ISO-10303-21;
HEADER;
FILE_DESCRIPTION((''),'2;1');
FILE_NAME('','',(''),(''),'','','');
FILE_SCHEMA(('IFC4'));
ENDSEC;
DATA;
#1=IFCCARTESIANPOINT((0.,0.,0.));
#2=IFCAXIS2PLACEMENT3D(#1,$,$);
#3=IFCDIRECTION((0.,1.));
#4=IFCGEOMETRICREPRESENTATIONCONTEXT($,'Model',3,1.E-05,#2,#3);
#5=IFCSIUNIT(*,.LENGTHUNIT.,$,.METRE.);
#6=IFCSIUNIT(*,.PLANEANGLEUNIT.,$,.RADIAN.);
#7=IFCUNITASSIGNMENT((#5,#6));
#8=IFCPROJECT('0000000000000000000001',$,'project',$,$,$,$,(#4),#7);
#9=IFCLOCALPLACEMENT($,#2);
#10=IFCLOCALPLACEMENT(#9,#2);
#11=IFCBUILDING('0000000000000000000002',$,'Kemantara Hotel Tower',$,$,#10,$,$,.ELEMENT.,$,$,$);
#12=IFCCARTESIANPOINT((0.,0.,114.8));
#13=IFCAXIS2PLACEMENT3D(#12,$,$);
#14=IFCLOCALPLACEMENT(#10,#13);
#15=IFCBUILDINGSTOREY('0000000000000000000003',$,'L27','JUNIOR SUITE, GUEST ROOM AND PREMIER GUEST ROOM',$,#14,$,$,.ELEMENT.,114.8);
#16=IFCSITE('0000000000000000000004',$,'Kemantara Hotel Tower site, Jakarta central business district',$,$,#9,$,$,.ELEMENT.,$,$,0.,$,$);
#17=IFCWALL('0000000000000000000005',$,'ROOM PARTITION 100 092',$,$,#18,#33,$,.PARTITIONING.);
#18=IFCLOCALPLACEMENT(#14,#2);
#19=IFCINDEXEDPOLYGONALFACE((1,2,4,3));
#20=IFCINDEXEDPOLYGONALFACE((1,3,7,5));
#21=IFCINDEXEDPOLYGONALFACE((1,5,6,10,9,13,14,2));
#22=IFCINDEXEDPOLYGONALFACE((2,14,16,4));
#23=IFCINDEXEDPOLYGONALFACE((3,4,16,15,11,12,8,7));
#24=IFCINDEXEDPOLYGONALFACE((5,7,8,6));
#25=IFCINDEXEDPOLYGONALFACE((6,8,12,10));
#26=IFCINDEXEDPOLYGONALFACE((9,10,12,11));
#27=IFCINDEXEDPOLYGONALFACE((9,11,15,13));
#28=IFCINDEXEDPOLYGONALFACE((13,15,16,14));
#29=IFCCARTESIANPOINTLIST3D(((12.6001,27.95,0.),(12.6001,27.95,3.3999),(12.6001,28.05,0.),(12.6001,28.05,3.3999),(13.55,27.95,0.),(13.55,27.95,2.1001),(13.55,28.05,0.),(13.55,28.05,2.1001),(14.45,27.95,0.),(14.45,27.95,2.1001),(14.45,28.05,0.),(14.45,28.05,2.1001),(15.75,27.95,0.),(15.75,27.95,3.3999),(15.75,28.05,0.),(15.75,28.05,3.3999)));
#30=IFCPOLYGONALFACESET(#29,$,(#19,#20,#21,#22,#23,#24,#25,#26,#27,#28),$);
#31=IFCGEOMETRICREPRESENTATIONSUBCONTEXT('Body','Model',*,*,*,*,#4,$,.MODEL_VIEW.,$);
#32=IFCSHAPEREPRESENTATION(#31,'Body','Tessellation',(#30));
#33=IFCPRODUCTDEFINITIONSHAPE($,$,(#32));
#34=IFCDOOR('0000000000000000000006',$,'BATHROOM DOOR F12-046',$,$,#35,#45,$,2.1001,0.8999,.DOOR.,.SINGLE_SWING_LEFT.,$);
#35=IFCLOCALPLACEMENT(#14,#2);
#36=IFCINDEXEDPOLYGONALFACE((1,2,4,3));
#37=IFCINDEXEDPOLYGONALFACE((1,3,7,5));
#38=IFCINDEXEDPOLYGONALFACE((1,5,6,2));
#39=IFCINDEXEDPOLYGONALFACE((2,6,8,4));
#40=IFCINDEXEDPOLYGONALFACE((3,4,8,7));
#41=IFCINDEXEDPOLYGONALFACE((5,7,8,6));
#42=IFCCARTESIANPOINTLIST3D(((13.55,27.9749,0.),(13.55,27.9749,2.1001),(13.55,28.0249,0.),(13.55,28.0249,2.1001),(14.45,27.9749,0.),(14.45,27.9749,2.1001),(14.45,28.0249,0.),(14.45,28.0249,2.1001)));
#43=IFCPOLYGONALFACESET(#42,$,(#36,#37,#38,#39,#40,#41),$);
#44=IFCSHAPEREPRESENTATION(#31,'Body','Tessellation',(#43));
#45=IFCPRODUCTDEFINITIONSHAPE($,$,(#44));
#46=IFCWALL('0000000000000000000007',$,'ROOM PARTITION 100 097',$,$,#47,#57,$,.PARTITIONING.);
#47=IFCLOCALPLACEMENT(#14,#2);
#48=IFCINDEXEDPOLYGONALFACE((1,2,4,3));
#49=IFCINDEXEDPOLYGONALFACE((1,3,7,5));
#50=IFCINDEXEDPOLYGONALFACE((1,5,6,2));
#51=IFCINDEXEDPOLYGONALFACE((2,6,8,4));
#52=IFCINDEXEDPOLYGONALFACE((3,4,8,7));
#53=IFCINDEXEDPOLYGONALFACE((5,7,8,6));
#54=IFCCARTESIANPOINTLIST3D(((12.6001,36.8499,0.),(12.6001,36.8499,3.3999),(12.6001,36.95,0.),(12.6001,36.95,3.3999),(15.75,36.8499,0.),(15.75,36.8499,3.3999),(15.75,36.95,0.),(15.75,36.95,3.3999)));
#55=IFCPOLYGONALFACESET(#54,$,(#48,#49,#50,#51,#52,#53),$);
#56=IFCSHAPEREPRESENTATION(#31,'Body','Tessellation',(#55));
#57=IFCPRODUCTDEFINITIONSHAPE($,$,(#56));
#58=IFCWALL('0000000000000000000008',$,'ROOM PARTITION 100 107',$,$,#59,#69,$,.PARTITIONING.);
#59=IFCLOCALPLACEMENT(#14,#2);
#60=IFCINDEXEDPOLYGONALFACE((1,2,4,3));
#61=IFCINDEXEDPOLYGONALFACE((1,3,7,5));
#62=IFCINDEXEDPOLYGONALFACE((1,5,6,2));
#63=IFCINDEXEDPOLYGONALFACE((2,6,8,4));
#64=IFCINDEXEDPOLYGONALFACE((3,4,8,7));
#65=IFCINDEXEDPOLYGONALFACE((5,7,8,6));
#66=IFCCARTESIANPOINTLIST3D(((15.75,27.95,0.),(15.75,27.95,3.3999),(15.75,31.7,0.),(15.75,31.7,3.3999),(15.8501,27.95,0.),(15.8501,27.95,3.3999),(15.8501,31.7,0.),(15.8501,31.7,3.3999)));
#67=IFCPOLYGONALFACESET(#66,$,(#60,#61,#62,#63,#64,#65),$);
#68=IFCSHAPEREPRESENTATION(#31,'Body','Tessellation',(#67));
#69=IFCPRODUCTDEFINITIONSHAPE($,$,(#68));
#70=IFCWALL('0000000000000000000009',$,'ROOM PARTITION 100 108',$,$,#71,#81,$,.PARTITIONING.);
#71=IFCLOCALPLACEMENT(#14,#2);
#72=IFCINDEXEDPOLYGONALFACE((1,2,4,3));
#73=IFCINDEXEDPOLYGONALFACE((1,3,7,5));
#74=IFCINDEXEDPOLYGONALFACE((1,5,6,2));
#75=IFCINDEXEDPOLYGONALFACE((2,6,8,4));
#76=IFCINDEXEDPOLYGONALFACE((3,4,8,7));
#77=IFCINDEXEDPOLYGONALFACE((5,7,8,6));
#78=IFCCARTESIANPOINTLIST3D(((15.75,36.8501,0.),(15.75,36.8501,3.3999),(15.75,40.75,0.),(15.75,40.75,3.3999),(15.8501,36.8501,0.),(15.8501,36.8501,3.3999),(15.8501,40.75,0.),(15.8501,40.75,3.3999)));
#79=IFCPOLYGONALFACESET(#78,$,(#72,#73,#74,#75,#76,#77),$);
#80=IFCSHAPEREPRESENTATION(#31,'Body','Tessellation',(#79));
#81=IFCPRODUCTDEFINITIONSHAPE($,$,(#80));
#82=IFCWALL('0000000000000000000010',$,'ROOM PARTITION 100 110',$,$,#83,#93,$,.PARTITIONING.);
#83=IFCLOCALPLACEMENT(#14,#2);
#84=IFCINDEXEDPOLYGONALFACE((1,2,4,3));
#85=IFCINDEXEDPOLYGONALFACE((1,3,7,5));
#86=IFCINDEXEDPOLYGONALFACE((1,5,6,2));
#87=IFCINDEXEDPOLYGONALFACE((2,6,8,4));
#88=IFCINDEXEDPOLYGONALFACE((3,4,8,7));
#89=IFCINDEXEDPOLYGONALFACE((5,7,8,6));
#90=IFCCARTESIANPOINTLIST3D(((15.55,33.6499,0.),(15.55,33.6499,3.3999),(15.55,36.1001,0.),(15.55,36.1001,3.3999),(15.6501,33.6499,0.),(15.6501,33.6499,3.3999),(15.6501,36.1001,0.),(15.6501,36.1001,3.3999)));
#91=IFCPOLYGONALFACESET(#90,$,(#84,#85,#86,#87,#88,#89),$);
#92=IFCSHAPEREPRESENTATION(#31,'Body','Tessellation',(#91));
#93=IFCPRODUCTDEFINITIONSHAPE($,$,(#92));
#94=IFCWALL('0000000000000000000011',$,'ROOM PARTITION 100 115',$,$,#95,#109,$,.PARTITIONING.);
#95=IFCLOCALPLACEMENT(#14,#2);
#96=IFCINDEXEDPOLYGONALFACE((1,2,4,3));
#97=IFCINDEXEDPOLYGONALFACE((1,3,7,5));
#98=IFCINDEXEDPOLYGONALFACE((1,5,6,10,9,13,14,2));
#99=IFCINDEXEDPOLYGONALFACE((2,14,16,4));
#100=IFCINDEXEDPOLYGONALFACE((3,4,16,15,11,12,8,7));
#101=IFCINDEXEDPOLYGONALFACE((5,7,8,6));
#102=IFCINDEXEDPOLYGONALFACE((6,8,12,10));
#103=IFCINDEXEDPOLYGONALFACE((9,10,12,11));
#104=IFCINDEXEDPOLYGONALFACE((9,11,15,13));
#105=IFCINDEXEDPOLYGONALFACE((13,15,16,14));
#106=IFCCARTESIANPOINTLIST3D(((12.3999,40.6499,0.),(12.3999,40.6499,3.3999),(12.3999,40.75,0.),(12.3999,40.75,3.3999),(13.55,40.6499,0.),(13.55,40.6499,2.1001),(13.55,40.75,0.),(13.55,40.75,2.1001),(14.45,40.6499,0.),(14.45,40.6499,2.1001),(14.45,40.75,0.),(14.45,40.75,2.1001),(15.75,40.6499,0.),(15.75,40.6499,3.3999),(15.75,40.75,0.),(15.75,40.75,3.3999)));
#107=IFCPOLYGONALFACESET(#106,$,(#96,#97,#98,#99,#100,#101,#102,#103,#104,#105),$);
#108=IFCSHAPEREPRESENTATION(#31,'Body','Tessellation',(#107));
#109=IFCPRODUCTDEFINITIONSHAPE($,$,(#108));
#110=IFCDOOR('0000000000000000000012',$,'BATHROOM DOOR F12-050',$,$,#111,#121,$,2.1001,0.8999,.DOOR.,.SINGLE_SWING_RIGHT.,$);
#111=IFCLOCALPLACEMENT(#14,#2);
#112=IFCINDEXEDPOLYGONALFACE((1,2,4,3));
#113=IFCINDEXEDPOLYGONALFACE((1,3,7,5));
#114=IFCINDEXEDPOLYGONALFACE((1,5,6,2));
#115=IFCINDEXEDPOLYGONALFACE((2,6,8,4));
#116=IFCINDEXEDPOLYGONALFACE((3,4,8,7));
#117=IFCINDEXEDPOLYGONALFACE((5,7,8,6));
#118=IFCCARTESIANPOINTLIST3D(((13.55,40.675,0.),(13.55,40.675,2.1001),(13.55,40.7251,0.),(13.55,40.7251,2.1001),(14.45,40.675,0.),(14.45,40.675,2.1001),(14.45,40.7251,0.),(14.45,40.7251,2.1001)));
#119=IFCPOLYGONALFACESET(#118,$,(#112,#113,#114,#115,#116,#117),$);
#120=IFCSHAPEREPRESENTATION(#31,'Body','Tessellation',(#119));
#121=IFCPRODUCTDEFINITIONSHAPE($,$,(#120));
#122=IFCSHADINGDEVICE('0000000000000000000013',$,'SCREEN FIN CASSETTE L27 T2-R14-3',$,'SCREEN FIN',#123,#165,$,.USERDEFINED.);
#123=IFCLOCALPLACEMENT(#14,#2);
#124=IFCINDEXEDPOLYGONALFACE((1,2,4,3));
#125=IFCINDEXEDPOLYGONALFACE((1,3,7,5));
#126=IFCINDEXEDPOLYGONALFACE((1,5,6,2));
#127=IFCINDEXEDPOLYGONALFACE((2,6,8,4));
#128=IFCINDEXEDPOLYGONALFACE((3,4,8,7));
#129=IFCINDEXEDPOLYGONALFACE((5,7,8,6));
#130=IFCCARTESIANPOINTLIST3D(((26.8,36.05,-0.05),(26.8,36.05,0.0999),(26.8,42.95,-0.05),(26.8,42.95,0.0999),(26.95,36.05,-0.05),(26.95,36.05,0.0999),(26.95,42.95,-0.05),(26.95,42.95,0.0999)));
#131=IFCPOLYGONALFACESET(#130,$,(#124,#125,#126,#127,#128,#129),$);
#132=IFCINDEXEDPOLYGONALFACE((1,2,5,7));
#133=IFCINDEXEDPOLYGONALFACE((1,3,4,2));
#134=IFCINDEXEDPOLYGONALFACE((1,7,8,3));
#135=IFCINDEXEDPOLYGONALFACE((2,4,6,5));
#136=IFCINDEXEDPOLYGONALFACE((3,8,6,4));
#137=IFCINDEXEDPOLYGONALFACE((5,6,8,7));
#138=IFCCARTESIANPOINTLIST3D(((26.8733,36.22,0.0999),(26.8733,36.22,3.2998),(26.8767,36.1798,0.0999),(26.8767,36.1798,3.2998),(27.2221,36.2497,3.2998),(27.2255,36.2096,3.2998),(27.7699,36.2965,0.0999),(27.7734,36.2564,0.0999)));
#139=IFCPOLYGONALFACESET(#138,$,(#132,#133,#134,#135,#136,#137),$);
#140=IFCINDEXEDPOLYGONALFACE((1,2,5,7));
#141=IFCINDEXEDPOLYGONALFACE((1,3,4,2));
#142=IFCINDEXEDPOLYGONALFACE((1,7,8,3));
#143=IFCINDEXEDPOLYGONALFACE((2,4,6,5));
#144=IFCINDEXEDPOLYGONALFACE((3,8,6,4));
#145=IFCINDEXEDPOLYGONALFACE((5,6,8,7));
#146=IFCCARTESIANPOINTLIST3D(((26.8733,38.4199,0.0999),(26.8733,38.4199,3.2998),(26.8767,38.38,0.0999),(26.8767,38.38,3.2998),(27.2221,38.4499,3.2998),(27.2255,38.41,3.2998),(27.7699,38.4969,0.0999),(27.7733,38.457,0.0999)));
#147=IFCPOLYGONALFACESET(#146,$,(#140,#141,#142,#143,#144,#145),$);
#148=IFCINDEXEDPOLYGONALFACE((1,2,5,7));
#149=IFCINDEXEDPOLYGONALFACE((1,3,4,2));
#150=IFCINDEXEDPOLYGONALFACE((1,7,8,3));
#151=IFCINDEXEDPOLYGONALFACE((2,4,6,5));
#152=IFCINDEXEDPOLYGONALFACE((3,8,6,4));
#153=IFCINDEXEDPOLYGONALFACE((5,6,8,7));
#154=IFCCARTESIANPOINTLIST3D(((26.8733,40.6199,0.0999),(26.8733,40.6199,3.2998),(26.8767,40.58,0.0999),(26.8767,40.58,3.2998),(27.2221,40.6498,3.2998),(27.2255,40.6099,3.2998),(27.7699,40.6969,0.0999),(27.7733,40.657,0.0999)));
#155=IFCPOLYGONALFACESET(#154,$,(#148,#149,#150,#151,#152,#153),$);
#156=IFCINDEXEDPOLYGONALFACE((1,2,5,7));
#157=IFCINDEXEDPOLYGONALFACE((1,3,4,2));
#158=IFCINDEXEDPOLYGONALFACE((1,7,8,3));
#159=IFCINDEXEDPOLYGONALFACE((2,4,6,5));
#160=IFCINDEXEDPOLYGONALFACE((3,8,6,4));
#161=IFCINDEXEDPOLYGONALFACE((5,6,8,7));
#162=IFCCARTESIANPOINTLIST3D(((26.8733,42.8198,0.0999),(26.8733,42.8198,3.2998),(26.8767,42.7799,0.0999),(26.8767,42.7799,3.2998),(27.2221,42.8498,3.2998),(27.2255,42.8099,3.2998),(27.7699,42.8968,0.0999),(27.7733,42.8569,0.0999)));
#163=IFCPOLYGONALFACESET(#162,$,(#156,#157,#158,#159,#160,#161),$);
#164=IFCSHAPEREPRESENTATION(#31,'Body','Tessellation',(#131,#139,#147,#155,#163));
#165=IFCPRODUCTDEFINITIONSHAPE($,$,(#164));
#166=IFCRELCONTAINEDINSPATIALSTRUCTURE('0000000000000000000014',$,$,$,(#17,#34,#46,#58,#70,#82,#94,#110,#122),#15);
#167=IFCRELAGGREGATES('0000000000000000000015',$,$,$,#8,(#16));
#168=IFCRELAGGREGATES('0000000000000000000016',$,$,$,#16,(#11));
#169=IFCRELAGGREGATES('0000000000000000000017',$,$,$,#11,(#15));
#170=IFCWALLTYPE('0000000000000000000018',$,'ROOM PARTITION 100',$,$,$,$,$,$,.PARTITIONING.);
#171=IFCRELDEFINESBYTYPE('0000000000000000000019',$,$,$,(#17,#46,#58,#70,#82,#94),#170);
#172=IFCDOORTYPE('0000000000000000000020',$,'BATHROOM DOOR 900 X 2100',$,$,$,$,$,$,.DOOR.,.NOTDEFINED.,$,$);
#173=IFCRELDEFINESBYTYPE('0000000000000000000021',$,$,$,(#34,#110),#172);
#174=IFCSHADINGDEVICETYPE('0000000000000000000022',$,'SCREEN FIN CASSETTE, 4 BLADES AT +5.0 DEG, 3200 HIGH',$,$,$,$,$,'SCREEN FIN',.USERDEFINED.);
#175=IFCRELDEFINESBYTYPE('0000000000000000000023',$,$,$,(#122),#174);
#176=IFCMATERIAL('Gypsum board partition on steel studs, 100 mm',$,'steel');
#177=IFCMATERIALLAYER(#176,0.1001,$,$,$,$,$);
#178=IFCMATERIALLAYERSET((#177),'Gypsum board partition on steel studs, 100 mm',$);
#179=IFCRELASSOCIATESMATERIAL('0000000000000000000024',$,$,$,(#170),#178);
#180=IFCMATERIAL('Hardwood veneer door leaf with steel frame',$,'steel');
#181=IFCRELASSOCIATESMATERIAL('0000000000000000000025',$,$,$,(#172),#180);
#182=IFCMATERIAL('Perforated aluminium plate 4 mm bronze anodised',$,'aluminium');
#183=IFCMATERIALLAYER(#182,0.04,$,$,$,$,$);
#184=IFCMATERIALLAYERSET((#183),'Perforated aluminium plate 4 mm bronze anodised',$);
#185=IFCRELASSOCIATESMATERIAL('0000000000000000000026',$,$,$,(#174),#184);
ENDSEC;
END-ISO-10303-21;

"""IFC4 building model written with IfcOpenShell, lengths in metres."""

from ifc_helpers import new_model, si_unit, direction, frame, frame_2d, origin, origin_2d, place, context, subcontext, project, spatial, polyline, rectangle, outline, extrude, source, transform, mapped, material, layer, layer_set, type_object, element, fill, save


model = new_model("IFC4")

# Units and contexts
model_context = context("Model", 3, precision=1e-05, world=origin(), true_north=direction((0.0, 1.0)))
body_context = subcontext(model_context, "Body", "Model", "MODEL_VIEW")
ifc_project = project(units=[si_unit("LENGTHUNIT", "METRE"), si_unit("PLANEANGLEUNIT", "RADIAN")], contexts=[model_context])

# Site, building, storey
site_placement = place(None, origin())
site = spatial("IfcSite", under=ifc_project, at=site_placement, Name="Kemantara Hotel Tower site, Jakarta central business district", CompositionType="ELEMENT", RefElevation=0.0)
building_placement = place(site_placement, origin())
building = spatial("IfcBuilding", under=site, at=building_placement, Name="Kemantara Hotel Tower", CompositionType="ELEMENT")
storey_placement = place(building_placement, frame((0.0, 0.0, 114.8)))
storey = spatial("IfcBuildingStorey", under=building, at=storey_placement, Name="L27", Description="JUNIOR SUITE, GUEST ROOM AND PREMIER GUEST ROOM", CompositionType="ELEMENT", Elevation=114.8)

# Wall, opening, door
ifc_material_1 = material(Name="Gypsum board partition on steel studs, 100 mm", Category="steel")
ifc_layer_1 = layer(ifc_material_1, 0.1001)
ifc_layer_set_1 = layer_set([ifc_layer_1], Name="Gypsum board partition on steel studs, 100 mm")
wall_type_1 = type_object("IfcWallType", Name="ROOM PARTITION 100", PredefinedType="PARTITIONING", material=ifc_layer_set_1)
wall_1_placement = place(storey_placement, frame((12.6001, 28.0, 0.0), z_axis=(0.0, 0.0, 1.0), x_axis=(1.0, 0.0, 0.0)))
wall_1 = element("IfcWall", 1, at=wall_1_placement, inside=storey, type_object=wall_type_1, Name="ROOM PARTITION 100 092", PredefinedType="PARTITIONING", context=body_context, shape_type="SweptSolid", body=[
    extrude(rectangle(XDim=3.1499, YDim=0.1001, at=frame_2d((1.575, 0.0))), origin(), (0.0, 0.0, 1.0), 3.3999),
])
opening_1_placement = place(wall_1_placement, frame((0.95, 0.0, 0.0)))
opening_1 = element("IfcOpeningElement", 2, at=opening_1_placement, cuts=wall_1, PredefinedType="OPENING", context=body_context, shape_type="SweptSolid", body=[
    extrude(rectangle(XDim=0.8999, YDim=2.1001, at=frame_2d((0.45, 1.05))), frame((0.0, 0.0601, 0.0), z_axis=(0.0, -1.0, 0.0), x_axis=(1.0, 0.0, 0.0)), (0.0, 0.0, 1.0), 0.1201),
])
ifc_material_2 = material(Name="Hardwood veneer door leaf with steel frame", Category="steel")
door_type = type_object("IfcDoorType", Name="BATHROOM DOOR 900 X 2100", OperationType="NOTDEFINED", PredefinedType="DOOR", material=ifc_material_2)
door_1_placement = place(opening_1_placement, origin())
door_1 = element("IfcDoor", 3, at=door_1_placement, inside=storey, type_object=door_type, Name="BATHROOM DOOR F12-046", OperationType="SINGLE_SWING_LEFT", OverallHeight=2.1001, OverallWidth=0.8999, PredefinedType="DOOR", context=body_context, shape_type="SweptSolid", body=[
    extrude(rectangle(XDim=0.8999, YDim=2.1001, at=frame_2d((0.45, 1.05))), frame((0.0, 0.0249, 0.0), z_axis=(0.0, -1.0, 0.0), x_axis=(1.0, 0.0, 0.0)), (0.0, 0.0, 1.0), 0.05),
])
fill(opening_1, door_1)

# Walls
wall_2_placement = place(storey_placement, frame((12.6001, 36.8999, 0.0), z_axis=(0.0, 0.0, 1.0), x_axis=(1.0, 0.0, 0.0)))
element("IfcWall", 4, at=wall_2_placement, inside=storey, type_object=wall_type_1, Name="ROOM PARTITION 100 097", PredefinedType="PARTITIONING", context=body_context, shape_type="SweptSolid", body=[
    extrude(rectangle(XDim=3.1499, YDim=0.1001, at=frame_2d((1.575, 0.0))), origin(), (0.0, 0.0, 1.0), 3.3999),
])
wall_3_placement = place(storey_placement, frame((15.8, 27.95, 0.0), z_axis=(0.0, 0.0, 1.0), x_axis=(0.0, 1.0, 0.0)))
element("IfcWall", 5, at=wall_3_placement, inside=storey, type_object=wall_type_1, Name="ROOM PARTITION 100 107", PredefinedType="PARTITIONING", context=body_context, shape_type="SweptSolid", body=[
    extrude(rectangle(XDim=3.75, YDim=0.1001, at=frame_2d((1.875, 0.0))), origin(), (0.0, 0.0, 1.0), 3.3999),
])
wall_4_placement = place(storey_placement, frame((15.8, 36.8501, 0.0), z_axis=(0.0, 0.0, 1.0), x_axis=(0.0, 1.0, 0.0)))
element("IfcWall", 6, at=wall_4_placement, inside=storey, type_object=wall_type_1, Name="ROOM PARTITION 100 108", PredefinedType="PARTITIONING", context=body_context, shape_type="SweptSolid", body=[
    extrude(rectangle(XDim=3.8999, YDim=0.1001, at=frame_2d((1.95, 0.0))), origin(), (0.0, 0.0, 1.0), 3.3999),
])
wall_5_placement = place(storey_placement, frame((15.6001, 33.6499, 0.0), z_axis=(0.0, 0.0, 1.0), x_axis=(0.0, 1.0, 0.0)))
element("IfcWall", 7, at=wall_5_placement, inside=storey, type_object=wall_type_1, Name="ROOM PARTITION 100 110", PredefinedType="PARTITIONING", context=body_context, shape_type="SweptSolid", body=[
    extrude(rectangle(XDim=2.4502, YDim=0.1001, at=frame_2d((1.2251, 0.0))), origin(), (0.0, 0.0, 1.0), 3.3999),
])

# Wall, opening, door
wall_6_placement = place(storey_placement, frame((15.75, 40.7, 0.0), z_axis=(0.0, 0.0, 1.0), x_axis=(-1.0, 0.0, 0.0)))
wall_6 = element("IfcWall", 8, at=wall_6_placement, inside=storey, type_object=wall_type_1, Name="ROOM PARTITION 100 115", PredefinedType="PARTITIONING", context=body_context, shape_type="SweptSolid", body=[
    extrude(rectangle(XDim=3.3501, YDim=0.1001, at=frame_2d((1.675, 0.0))), origin(), (0.0, 0.0, 1.0), 3.3999),
])
opening_2_placement = place(wall_6_placement, frame((1.3, 0.0, 0.0)))
opening_2 = element("IfcOpeningElement", 9, at=opening_2_placement, cuts=wall_6, PredefinedType="OPENING", context=body_context, shape_type="SweptSolid", body=[
    extrude(rectangle(XDim=0.8999, YDim=2.1001, at=frame_2d((0.45, 1.05))), frame((0.0, 0.0601, 0.0), z_axis=(0.0, -1.0, 0.0), x_axis=(1.0, 0.0, 0.0)), (0.0, 0.0, 1.0), 0.1201),
])
door_2_placement = place(opening_2_placement, origin())
door_2 = element("IfcDoor", 10, at=door_2_placement, inside=storey, type_object=door_type, Name="BATHROOM DOOR F12-050", OperationType="SINGLE_SWING_RIGHT", OverallHeight=2.1001, OverallWidth=0.8999, PredefinedType="DOOR", context=body_context, shape_type="SweptSolid", body=[
    extrude(rectangle(XDim=0.8999, YDim=2.1001, at=frame_2d((0.45, 1.05))), frame((0.0, 0.0249, 0.0), z_axis=(0.0, -1.0, 0.0), x_axis=(1.0, 0.0, 0.0)), (0.0, 0.0, 1.0), 0.05),
])
fill(opening_2, door_2)

# Shading device
ifc_material_3 = material(Name="Perforated aluminium plate 4 mm bronze anodised", Category="aluminium")
ifc_layer_2 = layer(ifc_material_3, 0.04)
ifc_layer_set_2 = layer_set([ifc_layer_2], Name="Perforated aluminium plate 4 mm bronze anodised")
shading_device_type_1 = type_object("IfcShadingDeviceType", Name="SCREEN FIN CASSETTE, 4 BLADES AT +5.0 DEG, 3200 HIGH", ElementType="SCREEN FIN", PredefinedType="USERDEFINED", material=ifc_layer_set_2)
shared_shape_1 = source(origin(), body_context, "Body", "SweptSolid", [
    extrude(rectangle(XDim=6.8999, YDim=0.1499, at=origin_2d()), frame((3.3, -0.075, -0.1499), z_axis=(0.0, 0.0, 1.0), x_axis=(1.0, 0.0, 0.0)), (0.0, 0.0, 1.0), 0.1499),
    extrude(outline(polyline([(0.0, 0.0), (0.8999, 0.0), (0.3501, 3.2), (0.0, 3.2), (0.0, 0.0)])), frame((0.02, -0.0732, 0.0), z_axis=(-0.996376, -0.085056, 0.0), x_axis=(0.085056, -0.996376, 0.0)), (0.0, 0.0, 1.0), 0.0403),
    extrude(outline(polyline([(0.0, 0.0), (0.8999, 0.0), (0.3501, 3.2), (0.0, 3.2), (0.0, 0.0)])), frame((2.22, -0.0732, 0.0), z_axis=(-0.996332, -0.085575, 0.0), x_axis=(0.085575, -0.996332, 0.0)), (0.0, 0.0, 1.0), 0.04),
    extrude(outline(polyline([(0.0, 0.0), (0.8999, 0.0), (0.3501, 3.2), (0.0, 3.2), (0.0, 0.0)])), frame((4.4199, -0.0732, 0.0), z_axis=(-0.996332, -0.085575, 0.0), x_axis=(0.085575, -0.996332, 0.0)), (0.0, 0.0, 1.0), 0.04),
    extrude(outline(polyline([(0.0, 0.0), (0.8999, 0.0), (0.3501, 3.2), (0.0, 3.2), (0.0, 0.0)])), frame((6.6199, -0.0732, 0.0), z_axis=(-0.996332, -0.085575, 0.0), x_axis=(0.085575, -0.996332, 0.0)), (0.0, 0.0, 1.0), 0.04),
])
shading_device_1_placement = place(storey_placement, frame((26.8, 36.2, 0.0999), z_axis=(0.0, 0.0, 1.0), x_axis=(0.0, 1.0, 0.0)))
element("IfcShadingDevice", 11, at=shading_device_1_placement, inside=storey, type_object=shading_device_type_1, Name="SCREEN FIN CASSETTE L27 T2-R14-3", ObjectType="SCREEN FIN", PredefinedType="USERDEFINED", context=body_context, shape_type="MappedRepresentation", body=[
    mapped(shared_shape_1, transform((0.0, 0.0, 0.0))),
])

save(model, "model.ifc")
